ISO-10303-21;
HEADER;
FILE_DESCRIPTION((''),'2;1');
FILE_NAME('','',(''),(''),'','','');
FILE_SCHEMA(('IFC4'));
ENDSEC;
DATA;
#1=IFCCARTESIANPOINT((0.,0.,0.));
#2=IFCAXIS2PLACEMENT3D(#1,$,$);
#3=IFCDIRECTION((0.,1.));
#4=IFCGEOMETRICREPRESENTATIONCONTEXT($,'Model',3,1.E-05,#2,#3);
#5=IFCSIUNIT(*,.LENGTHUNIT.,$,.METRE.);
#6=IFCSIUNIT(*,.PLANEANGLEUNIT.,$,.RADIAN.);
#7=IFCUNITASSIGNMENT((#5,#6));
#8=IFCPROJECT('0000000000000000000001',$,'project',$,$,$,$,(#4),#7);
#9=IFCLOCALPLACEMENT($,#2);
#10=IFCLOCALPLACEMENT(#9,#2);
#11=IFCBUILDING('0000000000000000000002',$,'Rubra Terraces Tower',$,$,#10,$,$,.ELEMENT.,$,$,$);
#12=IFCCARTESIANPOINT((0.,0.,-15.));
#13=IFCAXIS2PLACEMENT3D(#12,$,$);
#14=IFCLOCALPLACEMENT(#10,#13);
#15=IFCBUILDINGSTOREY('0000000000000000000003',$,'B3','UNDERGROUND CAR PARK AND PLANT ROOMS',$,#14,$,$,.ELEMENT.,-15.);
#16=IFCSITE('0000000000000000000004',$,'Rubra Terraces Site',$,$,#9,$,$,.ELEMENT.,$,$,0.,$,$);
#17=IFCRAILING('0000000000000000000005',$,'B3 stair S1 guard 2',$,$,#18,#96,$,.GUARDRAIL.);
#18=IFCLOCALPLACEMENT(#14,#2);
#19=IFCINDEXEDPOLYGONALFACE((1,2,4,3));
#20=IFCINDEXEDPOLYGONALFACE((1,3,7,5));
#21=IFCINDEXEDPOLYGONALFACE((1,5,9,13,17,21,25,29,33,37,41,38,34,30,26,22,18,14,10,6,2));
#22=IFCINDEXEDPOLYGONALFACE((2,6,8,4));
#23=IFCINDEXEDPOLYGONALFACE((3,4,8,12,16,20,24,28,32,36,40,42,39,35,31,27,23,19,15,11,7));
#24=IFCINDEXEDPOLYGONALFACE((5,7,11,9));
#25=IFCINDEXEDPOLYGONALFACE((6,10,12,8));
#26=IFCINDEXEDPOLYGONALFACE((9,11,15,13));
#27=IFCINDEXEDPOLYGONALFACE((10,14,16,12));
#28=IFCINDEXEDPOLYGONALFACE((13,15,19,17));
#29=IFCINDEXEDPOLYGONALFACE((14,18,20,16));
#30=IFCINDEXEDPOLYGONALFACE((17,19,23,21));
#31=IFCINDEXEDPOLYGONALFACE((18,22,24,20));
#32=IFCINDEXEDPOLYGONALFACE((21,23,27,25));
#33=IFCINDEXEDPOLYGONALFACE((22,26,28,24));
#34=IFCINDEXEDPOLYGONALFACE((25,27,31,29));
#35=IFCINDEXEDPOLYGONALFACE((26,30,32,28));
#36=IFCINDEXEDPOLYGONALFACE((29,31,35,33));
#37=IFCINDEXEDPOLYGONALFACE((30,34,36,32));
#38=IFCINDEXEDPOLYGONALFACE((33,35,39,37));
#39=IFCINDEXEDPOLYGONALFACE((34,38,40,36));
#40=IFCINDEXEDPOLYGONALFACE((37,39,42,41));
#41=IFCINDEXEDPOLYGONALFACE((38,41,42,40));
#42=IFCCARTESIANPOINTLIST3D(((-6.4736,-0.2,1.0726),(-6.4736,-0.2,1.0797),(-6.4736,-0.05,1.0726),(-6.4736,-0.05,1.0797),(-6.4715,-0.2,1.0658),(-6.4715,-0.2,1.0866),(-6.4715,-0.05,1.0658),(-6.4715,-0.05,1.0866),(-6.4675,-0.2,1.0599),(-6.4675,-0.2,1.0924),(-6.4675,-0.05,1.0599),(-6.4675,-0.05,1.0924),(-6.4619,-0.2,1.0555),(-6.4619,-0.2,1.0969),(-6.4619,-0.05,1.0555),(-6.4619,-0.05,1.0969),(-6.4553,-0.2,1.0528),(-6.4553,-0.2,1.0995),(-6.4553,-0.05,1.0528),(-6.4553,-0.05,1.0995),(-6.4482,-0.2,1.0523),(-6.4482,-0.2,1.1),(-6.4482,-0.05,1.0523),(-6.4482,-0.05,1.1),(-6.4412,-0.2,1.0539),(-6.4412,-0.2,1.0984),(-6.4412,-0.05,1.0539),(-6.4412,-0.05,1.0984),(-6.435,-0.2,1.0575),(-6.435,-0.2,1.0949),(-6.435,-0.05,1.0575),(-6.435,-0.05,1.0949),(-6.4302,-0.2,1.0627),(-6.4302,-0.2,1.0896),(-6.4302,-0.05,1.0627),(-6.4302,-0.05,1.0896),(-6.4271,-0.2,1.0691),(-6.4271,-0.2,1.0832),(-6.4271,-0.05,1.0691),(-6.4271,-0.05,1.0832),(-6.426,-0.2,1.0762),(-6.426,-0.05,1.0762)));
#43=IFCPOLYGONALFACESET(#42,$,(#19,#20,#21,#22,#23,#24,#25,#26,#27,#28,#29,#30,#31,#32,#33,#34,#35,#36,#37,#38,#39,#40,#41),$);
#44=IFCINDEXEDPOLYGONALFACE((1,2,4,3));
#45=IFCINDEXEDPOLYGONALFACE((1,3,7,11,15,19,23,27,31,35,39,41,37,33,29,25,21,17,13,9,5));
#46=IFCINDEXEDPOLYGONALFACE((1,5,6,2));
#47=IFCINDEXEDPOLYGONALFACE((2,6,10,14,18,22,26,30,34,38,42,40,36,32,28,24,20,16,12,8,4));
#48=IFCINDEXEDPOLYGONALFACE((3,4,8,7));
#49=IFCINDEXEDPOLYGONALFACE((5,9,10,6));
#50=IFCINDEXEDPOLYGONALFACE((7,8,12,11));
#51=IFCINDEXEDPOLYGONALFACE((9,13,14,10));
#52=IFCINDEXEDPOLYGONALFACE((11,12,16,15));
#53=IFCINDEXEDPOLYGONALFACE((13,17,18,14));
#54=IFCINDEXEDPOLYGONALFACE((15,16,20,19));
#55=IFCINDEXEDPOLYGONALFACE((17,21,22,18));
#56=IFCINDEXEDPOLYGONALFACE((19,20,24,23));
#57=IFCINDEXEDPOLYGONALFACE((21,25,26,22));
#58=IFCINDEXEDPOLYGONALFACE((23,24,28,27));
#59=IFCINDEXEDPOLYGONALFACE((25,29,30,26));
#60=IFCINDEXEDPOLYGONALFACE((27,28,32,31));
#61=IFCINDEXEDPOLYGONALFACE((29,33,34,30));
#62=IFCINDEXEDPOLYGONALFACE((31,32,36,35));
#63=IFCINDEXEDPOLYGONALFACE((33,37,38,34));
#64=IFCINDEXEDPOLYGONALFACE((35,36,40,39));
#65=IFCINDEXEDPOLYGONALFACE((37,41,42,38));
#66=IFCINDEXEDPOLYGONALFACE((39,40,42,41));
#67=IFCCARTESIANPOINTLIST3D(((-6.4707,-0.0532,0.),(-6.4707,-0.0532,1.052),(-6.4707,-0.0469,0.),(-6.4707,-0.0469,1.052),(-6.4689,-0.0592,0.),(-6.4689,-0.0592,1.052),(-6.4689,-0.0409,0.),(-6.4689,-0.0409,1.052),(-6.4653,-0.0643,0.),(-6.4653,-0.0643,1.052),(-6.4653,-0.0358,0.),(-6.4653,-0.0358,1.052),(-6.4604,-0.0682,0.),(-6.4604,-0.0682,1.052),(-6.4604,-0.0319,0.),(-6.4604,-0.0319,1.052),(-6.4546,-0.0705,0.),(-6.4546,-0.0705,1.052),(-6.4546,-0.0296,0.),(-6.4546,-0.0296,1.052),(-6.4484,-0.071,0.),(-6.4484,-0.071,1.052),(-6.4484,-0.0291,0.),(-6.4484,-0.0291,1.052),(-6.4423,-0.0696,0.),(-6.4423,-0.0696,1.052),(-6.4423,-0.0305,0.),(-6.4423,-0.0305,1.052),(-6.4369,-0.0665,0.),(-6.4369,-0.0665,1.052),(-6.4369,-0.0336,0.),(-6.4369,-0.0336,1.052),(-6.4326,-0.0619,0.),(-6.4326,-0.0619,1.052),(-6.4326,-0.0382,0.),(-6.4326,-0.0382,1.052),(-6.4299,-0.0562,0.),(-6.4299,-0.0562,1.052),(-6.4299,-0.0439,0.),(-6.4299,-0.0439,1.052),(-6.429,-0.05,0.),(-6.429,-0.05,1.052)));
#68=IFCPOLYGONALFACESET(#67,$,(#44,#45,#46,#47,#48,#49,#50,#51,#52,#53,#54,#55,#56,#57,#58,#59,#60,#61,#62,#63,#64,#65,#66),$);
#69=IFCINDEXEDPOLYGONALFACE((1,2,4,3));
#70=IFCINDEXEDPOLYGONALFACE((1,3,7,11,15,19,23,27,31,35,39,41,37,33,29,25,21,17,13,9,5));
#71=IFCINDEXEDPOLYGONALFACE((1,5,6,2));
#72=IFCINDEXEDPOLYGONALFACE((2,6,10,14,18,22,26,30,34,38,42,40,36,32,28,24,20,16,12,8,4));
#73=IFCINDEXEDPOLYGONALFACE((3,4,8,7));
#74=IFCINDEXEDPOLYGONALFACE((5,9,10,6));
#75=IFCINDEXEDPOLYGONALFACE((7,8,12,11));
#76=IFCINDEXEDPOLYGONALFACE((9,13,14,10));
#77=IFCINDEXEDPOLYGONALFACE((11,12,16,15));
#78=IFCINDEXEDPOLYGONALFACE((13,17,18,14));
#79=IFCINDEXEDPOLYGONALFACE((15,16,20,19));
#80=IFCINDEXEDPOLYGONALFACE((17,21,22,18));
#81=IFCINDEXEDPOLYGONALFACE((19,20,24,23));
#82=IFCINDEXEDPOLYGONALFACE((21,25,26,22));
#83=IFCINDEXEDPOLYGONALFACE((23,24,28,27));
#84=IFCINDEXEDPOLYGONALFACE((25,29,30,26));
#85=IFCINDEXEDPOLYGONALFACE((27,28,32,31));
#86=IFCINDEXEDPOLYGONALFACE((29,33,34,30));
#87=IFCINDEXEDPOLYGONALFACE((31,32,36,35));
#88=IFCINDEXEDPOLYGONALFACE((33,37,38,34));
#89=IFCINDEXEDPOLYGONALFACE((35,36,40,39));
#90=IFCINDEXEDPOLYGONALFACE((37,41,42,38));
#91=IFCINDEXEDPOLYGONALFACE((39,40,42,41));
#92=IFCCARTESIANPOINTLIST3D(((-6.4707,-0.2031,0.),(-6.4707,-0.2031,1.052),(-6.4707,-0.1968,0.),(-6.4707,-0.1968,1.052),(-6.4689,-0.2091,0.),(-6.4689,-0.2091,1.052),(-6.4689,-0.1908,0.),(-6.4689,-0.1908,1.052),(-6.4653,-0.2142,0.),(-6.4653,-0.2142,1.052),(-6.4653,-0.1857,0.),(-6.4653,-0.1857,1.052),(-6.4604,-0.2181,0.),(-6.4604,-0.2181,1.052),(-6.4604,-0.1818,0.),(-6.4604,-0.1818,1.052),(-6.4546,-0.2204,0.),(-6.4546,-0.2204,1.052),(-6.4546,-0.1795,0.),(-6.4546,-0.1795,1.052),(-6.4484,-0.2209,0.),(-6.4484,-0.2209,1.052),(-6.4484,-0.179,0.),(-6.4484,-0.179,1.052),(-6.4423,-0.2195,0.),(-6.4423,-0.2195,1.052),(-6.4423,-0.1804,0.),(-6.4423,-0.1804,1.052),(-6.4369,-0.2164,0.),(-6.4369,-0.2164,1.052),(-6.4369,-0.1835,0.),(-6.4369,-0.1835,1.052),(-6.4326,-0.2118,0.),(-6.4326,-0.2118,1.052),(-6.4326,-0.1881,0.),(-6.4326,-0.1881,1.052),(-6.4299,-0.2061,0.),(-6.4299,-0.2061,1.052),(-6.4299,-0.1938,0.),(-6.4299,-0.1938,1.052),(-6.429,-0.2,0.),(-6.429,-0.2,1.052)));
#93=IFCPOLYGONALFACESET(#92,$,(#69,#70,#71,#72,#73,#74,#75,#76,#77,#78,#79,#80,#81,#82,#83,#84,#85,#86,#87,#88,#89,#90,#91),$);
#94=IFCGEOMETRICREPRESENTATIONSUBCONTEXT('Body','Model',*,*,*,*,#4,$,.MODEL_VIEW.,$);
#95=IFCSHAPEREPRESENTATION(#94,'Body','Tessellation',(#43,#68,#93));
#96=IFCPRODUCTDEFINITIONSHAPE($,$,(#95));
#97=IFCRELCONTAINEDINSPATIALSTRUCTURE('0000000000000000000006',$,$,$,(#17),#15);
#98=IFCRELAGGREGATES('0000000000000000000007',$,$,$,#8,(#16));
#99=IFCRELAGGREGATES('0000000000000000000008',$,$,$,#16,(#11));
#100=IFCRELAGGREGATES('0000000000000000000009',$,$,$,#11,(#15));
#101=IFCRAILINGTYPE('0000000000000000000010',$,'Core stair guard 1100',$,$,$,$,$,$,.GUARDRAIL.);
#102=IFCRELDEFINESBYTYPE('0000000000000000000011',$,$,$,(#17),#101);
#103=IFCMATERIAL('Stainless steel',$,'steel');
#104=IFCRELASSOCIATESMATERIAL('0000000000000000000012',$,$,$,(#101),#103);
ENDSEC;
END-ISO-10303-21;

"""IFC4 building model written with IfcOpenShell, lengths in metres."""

from ifc_helpers import new_model, si_unit, direction, frame, origin, origin_2d, place, context, subcontext, project, spatial, circle, extrude, material, type_object, element, save


model = new_model("IFC4")

# Units and contexts
model_context = context("Model", 3, precision=1e-05, world=origin(), true_north=direction((0.0, 1.0)))
body_context = subcontext(model_context, "Body", "Model", "MODEL_VIEW")
ifc_project = project(units=[si_unit("LENGTHUNIT", "METRE"), si_unit("PLANEANGLEUNIT", "RADIAN")], contexts=[model_context])

# Site, building, storey
site_placement = place(None, origin())
site = spatial("IfcSite", under=ifc_project, at=site_placement, Name="Rubra Terraces Site", CompositionType="ELEMENT", RefElevation=0.0)
building_placement = place(site_placement, origin())
building = spatial("IfcBuilding", under=site, at=building_placement, Name="Rubra Terraces Tower", CompositionType="ELEMENT")
storey_placement = place(building_placement, frame((0.0, 0.0, -15.0)))
storey = spatial("IfcBuildingStorey", under=building, at=storey_placement, Name="B3", Description="UNDERGROUND CAR PARK AND PLANT ROOMS", CompositionType="ELEMENT", Elevation=-15.0)

# Shared definitions
ifc_material_1 = material(Name="Stainless steel", Category="steel")

# Railing
railing_type_1 = type_object("IfcRailingType", Name="Core stair guard 1100", PredefinedType="GUARDRAIL", material=ifc_material_1)
railing_1_placement = place(storey_placement, frame((-6.45, -0.05, 0.0)))
element("IfcRailing", 1, at=railing_1_placement, inside=storey, type_object=railing_type_1, Name="B3 stair S1 guard 2", PredefinedType="GUARDRAIL", context=body_context, shape_type="SweptSolid", body=[
    extrude(circle(Radius=0.0239, at=origin_2d()), frame((0.0, 0.0, 1.0762), z_axis=(0.0, -1.0, 0.0), x_axis=(1.0, 0.0, 0.0)), (0.0, 0.0, 1.0), 0.1499),
    extrude(circle(Radius=0.021, at=origin_2d()), origin(), (0.0, 0.0, 1.0), 1.052),
    extrude(circle(Radius=0.021, at=origin_2d()), frame((0.0, -0.1499, 0.0)), (0.0, 0.0, 1.0), 1.052),
])

save(model, "model.ifc")
